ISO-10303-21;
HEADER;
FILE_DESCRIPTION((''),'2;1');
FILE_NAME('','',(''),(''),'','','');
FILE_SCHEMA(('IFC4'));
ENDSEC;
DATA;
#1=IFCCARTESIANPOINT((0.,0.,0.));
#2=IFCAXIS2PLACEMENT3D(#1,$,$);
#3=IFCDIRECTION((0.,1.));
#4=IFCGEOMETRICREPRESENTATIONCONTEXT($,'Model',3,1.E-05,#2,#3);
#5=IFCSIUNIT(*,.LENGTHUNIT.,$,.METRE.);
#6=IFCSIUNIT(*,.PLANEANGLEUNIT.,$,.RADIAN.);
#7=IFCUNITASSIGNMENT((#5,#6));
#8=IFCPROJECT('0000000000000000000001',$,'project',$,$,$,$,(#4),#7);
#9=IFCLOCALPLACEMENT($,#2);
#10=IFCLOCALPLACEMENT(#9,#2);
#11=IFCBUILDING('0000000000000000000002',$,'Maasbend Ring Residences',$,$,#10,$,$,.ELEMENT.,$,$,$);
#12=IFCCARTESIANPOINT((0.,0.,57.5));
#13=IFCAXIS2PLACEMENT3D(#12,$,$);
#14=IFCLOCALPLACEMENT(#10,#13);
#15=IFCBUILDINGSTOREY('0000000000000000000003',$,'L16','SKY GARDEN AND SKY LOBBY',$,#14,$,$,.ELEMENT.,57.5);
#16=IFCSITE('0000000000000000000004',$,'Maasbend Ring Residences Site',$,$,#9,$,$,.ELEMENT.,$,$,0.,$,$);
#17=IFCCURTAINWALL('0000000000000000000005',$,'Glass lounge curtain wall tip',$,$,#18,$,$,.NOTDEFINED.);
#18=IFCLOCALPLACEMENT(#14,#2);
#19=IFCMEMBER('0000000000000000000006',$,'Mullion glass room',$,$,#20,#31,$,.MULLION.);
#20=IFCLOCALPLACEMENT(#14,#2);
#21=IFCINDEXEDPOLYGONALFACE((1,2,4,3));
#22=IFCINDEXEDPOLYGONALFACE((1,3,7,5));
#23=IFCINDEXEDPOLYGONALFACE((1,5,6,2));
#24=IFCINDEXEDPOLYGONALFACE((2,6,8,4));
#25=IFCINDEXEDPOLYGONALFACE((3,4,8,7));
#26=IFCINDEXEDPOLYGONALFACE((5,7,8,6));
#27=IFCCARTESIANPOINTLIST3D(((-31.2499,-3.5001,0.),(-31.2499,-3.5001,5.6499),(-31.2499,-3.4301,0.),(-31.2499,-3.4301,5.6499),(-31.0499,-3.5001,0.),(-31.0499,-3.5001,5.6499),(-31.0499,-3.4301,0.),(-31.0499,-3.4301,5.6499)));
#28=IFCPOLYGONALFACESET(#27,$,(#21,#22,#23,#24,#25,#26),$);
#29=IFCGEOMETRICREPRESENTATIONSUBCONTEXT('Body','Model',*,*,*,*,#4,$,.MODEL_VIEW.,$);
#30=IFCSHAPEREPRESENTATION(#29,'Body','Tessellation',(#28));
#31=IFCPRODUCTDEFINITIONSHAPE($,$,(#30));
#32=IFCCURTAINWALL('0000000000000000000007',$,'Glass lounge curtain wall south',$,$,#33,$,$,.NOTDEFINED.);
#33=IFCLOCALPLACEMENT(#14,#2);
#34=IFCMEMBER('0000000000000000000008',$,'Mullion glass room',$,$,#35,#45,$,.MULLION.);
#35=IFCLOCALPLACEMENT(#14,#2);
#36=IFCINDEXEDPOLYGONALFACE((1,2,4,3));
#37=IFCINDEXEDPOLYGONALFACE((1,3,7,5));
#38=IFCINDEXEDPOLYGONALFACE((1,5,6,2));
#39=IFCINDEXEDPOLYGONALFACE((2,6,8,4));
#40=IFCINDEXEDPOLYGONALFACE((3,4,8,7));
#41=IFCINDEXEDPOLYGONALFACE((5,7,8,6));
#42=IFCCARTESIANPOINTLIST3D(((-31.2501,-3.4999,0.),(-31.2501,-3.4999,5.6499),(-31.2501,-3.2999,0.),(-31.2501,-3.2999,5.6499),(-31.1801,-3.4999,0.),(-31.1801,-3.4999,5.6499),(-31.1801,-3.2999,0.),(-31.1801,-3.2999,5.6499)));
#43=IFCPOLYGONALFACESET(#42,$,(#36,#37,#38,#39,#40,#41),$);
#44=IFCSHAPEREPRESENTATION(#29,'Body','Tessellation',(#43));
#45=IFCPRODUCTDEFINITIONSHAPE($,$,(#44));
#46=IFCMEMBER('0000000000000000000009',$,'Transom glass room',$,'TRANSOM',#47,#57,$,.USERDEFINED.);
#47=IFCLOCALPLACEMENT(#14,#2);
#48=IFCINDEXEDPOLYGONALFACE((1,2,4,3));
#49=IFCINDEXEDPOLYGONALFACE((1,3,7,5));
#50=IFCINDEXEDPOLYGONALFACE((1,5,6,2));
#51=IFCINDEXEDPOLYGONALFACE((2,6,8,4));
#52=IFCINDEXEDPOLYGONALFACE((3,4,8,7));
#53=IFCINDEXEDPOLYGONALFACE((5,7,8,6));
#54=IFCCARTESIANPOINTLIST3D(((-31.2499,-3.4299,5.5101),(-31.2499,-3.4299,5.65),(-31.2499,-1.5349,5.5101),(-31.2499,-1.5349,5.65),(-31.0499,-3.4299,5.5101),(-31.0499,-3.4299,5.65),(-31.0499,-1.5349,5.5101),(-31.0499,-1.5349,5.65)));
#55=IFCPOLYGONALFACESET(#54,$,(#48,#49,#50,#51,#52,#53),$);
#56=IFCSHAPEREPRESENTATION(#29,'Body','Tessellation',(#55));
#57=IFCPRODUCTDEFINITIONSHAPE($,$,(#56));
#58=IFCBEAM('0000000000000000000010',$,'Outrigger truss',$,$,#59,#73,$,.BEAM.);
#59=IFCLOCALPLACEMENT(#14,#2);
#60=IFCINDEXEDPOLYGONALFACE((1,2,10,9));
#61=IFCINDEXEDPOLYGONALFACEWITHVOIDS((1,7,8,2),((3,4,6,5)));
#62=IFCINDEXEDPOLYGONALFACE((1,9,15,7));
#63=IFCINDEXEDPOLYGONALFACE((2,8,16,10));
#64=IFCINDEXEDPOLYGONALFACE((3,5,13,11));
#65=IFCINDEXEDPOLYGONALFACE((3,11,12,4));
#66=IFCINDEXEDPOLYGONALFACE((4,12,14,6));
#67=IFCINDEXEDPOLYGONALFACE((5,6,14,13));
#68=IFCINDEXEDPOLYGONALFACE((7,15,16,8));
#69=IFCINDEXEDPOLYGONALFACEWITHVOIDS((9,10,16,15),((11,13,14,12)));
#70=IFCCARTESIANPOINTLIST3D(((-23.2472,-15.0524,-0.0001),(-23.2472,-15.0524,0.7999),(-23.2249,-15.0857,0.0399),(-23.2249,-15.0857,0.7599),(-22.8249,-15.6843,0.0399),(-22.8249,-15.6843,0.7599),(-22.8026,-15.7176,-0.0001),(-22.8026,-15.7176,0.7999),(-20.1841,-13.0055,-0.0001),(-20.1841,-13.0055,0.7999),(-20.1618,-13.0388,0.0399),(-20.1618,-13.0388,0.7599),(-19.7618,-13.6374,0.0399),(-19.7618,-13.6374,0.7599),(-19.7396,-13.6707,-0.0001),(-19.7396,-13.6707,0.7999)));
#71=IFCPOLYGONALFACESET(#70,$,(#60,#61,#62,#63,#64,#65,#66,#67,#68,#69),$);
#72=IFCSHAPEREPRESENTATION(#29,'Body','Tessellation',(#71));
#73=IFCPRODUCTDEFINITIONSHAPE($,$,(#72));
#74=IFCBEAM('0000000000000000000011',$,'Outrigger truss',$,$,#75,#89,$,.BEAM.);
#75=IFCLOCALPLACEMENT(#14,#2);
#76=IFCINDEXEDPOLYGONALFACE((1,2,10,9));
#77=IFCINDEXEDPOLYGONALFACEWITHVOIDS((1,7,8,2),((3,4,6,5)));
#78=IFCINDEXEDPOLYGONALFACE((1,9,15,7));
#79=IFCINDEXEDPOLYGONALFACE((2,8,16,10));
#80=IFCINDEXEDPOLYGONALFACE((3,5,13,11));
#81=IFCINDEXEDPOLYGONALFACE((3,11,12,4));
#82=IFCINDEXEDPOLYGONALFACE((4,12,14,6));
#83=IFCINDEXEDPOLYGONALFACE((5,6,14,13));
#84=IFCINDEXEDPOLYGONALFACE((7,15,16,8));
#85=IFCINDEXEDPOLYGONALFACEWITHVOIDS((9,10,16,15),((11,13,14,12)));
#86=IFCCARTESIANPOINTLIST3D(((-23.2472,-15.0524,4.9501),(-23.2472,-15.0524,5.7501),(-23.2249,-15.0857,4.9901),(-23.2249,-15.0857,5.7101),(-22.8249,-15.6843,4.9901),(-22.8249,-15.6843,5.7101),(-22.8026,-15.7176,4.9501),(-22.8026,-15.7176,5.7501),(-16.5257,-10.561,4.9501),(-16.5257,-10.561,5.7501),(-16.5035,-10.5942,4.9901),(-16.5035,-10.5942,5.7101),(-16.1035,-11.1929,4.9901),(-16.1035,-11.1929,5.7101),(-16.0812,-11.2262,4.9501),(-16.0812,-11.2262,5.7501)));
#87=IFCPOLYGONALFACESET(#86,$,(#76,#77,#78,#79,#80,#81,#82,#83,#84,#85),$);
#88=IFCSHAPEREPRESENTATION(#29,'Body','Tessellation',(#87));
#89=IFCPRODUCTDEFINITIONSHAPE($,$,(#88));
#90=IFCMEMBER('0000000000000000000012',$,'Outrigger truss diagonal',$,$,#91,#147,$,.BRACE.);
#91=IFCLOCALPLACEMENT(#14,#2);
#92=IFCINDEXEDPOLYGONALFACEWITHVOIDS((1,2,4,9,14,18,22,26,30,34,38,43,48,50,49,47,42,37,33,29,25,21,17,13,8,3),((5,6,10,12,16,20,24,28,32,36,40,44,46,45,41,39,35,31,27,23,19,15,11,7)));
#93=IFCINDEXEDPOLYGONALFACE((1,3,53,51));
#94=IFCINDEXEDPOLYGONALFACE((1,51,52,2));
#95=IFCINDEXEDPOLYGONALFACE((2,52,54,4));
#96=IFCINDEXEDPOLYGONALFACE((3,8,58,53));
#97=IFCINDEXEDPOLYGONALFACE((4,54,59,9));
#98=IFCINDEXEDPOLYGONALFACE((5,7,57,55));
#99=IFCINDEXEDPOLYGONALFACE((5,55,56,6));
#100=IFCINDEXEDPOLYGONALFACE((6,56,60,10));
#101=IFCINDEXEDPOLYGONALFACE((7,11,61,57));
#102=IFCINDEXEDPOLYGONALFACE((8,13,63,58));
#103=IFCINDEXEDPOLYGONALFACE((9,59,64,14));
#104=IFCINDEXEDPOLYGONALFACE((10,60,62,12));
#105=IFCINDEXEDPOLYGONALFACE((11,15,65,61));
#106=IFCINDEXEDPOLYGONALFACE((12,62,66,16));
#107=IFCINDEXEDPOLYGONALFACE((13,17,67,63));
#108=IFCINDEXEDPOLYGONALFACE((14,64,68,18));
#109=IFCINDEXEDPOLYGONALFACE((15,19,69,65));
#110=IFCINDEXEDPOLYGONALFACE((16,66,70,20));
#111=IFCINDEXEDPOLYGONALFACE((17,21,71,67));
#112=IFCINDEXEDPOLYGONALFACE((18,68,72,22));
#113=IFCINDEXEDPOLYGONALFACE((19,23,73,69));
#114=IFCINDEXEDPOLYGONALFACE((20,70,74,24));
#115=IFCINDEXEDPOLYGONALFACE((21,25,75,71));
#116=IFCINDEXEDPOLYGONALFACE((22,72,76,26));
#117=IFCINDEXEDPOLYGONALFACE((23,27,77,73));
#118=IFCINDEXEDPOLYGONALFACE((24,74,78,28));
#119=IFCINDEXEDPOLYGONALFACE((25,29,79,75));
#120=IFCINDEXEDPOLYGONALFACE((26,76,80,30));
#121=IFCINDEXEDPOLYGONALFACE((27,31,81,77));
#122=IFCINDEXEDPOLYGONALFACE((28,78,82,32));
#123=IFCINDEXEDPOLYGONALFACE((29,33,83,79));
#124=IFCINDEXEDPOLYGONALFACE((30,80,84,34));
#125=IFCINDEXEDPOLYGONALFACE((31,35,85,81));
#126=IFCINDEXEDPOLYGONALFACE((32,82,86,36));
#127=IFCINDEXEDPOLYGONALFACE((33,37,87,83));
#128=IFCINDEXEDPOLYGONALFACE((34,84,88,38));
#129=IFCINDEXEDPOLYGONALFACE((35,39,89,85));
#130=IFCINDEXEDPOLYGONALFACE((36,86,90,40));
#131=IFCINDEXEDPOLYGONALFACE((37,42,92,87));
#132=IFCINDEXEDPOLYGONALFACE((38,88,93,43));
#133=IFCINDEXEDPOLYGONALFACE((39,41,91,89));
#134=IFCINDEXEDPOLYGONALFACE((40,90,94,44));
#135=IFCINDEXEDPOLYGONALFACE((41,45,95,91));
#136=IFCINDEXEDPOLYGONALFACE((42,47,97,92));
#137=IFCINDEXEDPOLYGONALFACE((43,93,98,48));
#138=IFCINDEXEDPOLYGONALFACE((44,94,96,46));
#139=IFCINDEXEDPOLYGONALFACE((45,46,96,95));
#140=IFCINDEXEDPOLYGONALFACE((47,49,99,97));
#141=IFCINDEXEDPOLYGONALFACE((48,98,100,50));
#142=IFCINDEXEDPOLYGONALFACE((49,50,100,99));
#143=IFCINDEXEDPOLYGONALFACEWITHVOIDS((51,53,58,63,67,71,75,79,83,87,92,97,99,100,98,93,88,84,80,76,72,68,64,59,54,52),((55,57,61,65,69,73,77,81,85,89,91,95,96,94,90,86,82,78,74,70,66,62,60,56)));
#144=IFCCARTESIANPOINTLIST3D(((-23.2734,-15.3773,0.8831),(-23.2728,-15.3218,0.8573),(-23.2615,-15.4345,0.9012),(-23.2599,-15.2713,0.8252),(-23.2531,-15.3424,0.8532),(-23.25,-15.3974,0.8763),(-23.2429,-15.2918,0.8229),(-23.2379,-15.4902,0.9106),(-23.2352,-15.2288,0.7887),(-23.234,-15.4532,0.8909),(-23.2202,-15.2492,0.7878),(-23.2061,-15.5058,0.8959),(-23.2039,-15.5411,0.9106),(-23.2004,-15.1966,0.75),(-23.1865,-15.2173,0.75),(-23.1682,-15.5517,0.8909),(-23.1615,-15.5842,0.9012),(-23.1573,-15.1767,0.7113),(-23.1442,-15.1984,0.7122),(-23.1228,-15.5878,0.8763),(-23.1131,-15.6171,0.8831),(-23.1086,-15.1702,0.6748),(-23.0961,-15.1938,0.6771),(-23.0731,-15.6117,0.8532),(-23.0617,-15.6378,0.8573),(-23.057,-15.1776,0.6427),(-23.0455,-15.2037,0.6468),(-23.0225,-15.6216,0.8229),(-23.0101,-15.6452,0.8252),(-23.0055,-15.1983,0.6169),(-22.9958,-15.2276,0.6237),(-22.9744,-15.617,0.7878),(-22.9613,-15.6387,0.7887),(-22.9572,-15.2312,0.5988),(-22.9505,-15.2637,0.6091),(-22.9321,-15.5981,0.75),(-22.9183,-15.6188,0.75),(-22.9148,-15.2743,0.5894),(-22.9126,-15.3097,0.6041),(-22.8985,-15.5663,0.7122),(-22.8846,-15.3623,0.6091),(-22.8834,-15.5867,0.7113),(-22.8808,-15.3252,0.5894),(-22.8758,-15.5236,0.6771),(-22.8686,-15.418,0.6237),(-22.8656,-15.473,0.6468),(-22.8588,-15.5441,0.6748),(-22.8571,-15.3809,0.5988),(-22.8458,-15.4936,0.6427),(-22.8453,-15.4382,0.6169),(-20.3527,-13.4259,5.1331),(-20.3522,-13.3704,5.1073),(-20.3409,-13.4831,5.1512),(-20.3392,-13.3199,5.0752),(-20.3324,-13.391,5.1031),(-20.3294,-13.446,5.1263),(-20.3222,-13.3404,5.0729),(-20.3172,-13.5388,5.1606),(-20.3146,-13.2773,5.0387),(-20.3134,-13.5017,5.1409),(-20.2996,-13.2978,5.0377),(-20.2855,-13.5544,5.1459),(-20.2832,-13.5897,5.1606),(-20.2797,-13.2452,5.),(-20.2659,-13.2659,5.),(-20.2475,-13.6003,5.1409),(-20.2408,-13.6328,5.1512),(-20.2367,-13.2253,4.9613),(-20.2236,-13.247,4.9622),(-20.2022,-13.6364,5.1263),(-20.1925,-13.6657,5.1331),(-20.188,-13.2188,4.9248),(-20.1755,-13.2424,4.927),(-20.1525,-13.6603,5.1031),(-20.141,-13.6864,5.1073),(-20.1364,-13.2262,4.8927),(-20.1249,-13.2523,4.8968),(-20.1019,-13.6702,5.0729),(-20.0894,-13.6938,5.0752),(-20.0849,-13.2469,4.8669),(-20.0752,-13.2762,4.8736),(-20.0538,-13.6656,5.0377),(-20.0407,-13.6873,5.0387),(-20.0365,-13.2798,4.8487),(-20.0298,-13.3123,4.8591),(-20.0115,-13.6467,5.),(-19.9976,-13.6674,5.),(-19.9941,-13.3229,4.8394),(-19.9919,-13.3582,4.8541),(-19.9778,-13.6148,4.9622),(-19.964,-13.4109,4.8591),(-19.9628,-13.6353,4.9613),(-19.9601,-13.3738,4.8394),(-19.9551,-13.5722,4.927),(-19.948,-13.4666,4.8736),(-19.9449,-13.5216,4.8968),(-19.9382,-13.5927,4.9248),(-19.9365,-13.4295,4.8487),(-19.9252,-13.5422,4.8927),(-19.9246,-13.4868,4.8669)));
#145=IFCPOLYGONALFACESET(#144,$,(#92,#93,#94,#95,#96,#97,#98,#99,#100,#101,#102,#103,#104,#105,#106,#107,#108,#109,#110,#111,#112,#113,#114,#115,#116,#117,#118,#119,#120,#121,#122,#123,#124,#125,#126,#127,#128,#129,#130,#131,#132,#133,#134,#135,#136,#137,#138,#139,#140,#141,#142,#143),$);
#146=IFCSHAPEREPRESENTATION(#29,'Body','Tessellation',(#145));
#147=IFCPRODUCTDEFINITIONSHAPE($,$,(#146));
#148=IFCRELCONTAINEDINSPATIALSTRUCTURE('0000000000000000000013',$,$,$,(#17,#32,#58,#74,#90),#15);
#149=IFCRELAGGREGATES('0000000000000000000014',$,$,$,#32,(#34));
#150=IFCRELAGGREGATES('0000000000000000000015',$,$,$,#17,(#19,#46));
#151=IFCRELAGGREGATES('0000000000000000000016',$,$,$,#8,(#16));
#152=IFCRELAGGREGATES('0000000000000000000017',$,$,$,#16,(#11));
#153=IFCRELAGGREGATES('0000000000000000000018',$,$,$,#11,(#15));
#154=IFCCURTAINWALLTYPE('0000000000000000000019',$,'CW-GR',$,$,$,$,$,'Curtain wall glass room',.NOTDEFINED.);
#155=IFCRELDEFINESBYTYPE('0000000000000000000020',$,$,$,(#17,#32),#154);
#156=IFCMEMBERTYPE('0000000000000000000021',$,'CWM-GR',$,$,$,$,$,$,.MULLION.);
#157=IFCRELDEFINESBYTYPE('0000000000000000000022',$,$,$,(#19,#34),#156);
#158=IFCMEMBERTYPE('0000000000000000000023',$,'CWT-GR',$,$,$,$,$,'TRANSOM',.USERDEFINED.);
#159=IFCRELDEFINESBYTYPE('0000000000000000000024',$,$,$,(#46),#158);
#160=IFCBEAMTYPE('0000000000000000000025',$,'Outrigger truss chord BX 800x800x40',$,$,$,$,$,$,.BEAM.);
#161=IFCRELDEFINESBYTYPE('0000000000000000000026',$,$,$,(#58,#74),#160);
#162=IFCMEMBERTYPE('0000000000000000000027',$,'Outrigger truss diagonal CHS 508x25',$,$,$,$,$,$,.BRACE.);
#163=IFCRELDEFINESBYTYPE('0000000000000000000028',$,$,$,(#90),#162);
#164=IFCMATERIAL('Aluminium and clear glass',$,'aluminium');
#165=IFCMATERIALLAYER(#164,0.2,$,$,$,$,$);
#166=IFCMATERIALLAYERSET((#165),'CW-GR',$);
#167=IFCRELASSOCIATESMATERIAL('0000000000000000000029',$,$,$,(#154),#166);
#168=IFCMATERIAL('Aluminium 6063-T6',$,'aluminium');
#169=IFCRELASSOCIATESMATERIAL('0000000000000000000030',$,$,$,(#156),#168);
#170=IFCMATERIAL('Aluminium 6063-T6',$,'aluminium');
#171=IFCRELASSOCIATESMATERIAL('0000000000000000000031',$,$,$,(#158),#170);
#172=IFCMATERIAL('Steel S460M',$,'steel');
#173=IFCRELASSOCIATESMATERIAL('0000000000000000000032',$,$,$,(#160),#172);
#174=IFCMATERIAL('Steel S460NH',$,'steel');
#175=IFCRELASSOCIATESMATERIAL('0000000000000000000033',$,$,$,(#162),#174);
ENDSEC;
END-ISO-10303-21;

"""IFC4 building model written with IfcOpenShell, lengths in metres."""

from ifc_helpers import new_model, si_unit, direction, frame, origin, origin_2d, place, context, subcontext, project, spatial, rectangle, hollow_rectangle, hollow_circle, extrude, material, layer, layer_set, material_profile, profile_set, type_object, element, aggregate, save


model = new_model("IFC4")

# Units and contexts
model_context = context("Model", 3, precision=1e-05, world=origin(), true_north=direction((0.0, 1.0)))
body_context = subcontext(model_context, "Body", "Model", "MODEL_VIEW")
ifc_project = project(units=[si_unit("LENGTHUNIT", "METRE"), si_unit("PLANEANGLEUNIT", "RADIAN")], contexts=[model_context])

# Site, building, storey
site_placement = place(None, origin())
site = spatial("IfcSite", under=ifc_project, at=site_placement, Name="Maasbend Ring Residences Site", CompositionType="ELEMENT", RefElevation=0.0)
building_placement = place(site_placement, origin())
building = spatial("IfcBuilding", under=site, at=building_placement, Name="Maasbend Ring Residences", CompositionType="ELEMENT")
storey_placement = place(building_placement, frame((0.0, 0.0, 57.5)))
storey = spatial("IfcBuildingStorey", under=building, at=storey_placement, Name="L16", Description="SKY GARDEN AND SKY LOBBY", CompositionType="ELEMENT", Elevation=57.5)

# Curtain walls, members
ifc_material_1 = material(Name="Aluminium and clear glass", Category="aluminium")
ifc_layer_1 = layer(ifc_material_1, 0.2)
ifc_layer_set_1 = layer_set([ifc_layer_1], Name="CW-GR")
curtain_wall_type = type_object("IfcCurtainWallType", Name="CW-GR", ElementType="Curtain wall glass room", PredefinedType="NOTDEFINED", material=ifc_layer_set_1)
curtain_wall_1_placement = place(storey_placement, origin())
curtain_wall_1 = element("IfcCurtainWall", 1, at=curtain_wall_1_placement, inside=storey, type_object=curtain_wall_type, Name="Glass lounge curtain wall tip", PredefinedType="NOTDEFINED")
ifc_material_2 = material(Name="Aluminium 6063-T6", Category="aluminium")
ifc_material_profile_1 = material_profile(ifc_material_2, rectangle(XDim=0.2, YDim=0.0701, at=origin_2d()), Name="AL 200x70")
ifc_profile_set_1 = profile_set([ifc_material_profile_1], Name="Aluminium 6063-T6")
member_type_1 = type_object("IfcMemberType", Name="CWM-GR", PredefinedType="MULLION", material=ifc_profile_set_1)
member_1_placement = place(storey_placement, frame((-31.1499, -3.4651, 0.0), z_axis=(0.0, 0.0, 1.0), x_axis=(-1.0, 0.0, 0.0)))
member_1 = element("IfcMember", 2, at=member_1_placement, type_object=member_type_1, Name="Mullion glass room", PredefinedType="MULLION", context=body_context, shape_type="SweptSolid", body=[
    extrude(rectangle(XDim=0.2, YDim=0.0701, at=origin_2d()), origin(), (0.0, 0.0, 1.0), 5.6499),
])
curtain_wall_2_placement = place(storey_placement, origin())
curtain_wall_2 = element("IfcCurtainWall", 3, at=curtain_wall_2_placement, inside=storey, type_object=curtain_wall_type, Name="Glass lounge curtain wall south", PredefinedType="NOTDEFINED")
member_2_placement = place(storey_placement, frame((-31.2151, -3.3999, 0.0), z_axis=(0.0, 0.0, 1.0), x_axis=(0.0, -1.0, 0.0)))
member_2 = element("IfcMember", 4, at=member_2_placement, type_object=member_type_1, Name="Mullion glass room", PredefinedType="MULLION", context=body_context, shape_type="SweptSolid", body=[
    extrude(rectangle(XDim=0.2, YDim=0.0701, at=origin_2d()), origin(), (0.0, 0.0, 1.0), 5.6499),
])
aggregate(curtain_wall_2, [member_2])

# Member
ifc_material_3 = material(Name="Aluminium 6063-T6", Category="aluminium")
ifc_material_profile_2 = material_profile(ifc_material_3, rectangle(XDim=0.2, YDim=0.1399, at=origin_2d()), Name="AL 200x140")
ifc_profile_set_2 = profile_set([ifc_material_profile_2], Name="Aluminium 6063-T6")
member_type_2 = type_object("IfcMemberType", Name="CWT-GR", ElementType="TRANSOM", PredefinedType="USERDEFINED", material=ifc_profile_set_2)
member_3_placement = place(storey_placement, frame((-31.1499, -3.4299, 5.5801), z_axis=(0.0, 1.0, 0.0), x_axis=(-1.0, 0.0, 0.0)))
member_3 = element("IfcMember", 5, at=member_3_placement, type_object=member_type_2, Name="Transom glass room", ObjectType="TRANSOM", PredefinedType="USERDEFINED", context=body_context, shape_type="SweptSolid", body=[
    extrude(rectangle(XDim=0.2, YDim=0.1399, at=origin_2d()), origin(), (0.0, 0.0, 1.0), 1.895),
])
aggregate(curtain_wall_1, [member_1, member_3])

# Beams
ifc_material_4 = material(Name="Steel S460M", Category="steel")
ifc_material_profile_3 = material_profile(ifc_material_4, hollow_rectangle(XDim=0.8, YDim=0.8, WallThickness=0.04, at=origin_2d()), Name="Outrigger truss chord BX 800x800x40")
ifc_profile_set_3 = profile_set([ifc_material_profile_3], Name="Steel S460M")
beam_type_1 = type_object("IfcBeamType", Name="Outrigger truss chord BX 800x800x40", PredefinedType="BEAM", material=ifc_profile_set_3)
beam_1_placement = place(storey_placement, frame((-23.0249, -15.385, 0.3999), z_axis=(0.831438, 0.555617, 0.0), x_axis=(-0.555617, 0.831438, 0.0)))
element("IfcBeam", 6, at=beam_1_placement, inside=storey, type_object=beam_type_1, Name="Outrigger truss", PredefinedType="BEAM", context=body_context, shape_type="SweptSolid", body=[
    extrude(hollow_rectangle(XDim=0.8, YDim=0.8, WallThickness=0.04, at=origin_2d()), origin(), (0.0, 0.0, 1.0), 3.6841),
])
beam_2_placement = place(storey_placement, frame((-23.0249, -15.385, 5.3501), z_axis=(0.83145, 0.555599, 0.0), x_axis=(-0.555599, 0.83145, 0.0)))
element("IfcBeam", 7, at=beam_2_placement, inside=storey, type_object=beam_type_1, Name="Outrigger truss", PredefinedType="BEAM", context=body_context, shape_type="SweptSolid", body=[
    extrude(hollow_rectangle(XDim=0.8, YDim=0.8, WallThickness=0.04, at=origin_2d()), origin(), (0.0, 0.0, 1.0), 8.084),
])

# Member
ifc_material_5 = material(Name="Steel S460NH", Category="steel")
ifc_material_profile_4 = material_profile(ifc_material_5, hollow_circle(Radius=0.2539, WallThickness=0.0249, at=origin_2d()), Name="Outrigger truss diagonal CHS 508x25")
ifc_profile_set_4 = profile_set([ifc_material_profile_4], Name="Steel S460NH")
member_type_3 = type_object("IfcMemberType", Name="Outrigger truss diagonal CHS 508x25", PredefinedType="BRACE", material=ifc_profile_set_4)
member_4_placement = place(storey_placement, frame((-23.0593, -15.4077, 0.75), z_axis=(0.52971, 0.353922, 0.770809), x_axis=(-0.55555, 0.831483, 0.0)))
element("IfcMember", 8, at=member_4_placement, inside=storey, type_object=member_type_3, Name="Outrigger truss diagonal", PredefinedType="BRACE", context=body_context, shape_type="SweptSolid", body=[
    extrude(hollow_circle(Radius=0.2539, WallThickness=0.0249, at=origin_2d()), origin(), (0.0, 0.0, 1.0), 5.5137),
])

save(model, "model.ifc")
